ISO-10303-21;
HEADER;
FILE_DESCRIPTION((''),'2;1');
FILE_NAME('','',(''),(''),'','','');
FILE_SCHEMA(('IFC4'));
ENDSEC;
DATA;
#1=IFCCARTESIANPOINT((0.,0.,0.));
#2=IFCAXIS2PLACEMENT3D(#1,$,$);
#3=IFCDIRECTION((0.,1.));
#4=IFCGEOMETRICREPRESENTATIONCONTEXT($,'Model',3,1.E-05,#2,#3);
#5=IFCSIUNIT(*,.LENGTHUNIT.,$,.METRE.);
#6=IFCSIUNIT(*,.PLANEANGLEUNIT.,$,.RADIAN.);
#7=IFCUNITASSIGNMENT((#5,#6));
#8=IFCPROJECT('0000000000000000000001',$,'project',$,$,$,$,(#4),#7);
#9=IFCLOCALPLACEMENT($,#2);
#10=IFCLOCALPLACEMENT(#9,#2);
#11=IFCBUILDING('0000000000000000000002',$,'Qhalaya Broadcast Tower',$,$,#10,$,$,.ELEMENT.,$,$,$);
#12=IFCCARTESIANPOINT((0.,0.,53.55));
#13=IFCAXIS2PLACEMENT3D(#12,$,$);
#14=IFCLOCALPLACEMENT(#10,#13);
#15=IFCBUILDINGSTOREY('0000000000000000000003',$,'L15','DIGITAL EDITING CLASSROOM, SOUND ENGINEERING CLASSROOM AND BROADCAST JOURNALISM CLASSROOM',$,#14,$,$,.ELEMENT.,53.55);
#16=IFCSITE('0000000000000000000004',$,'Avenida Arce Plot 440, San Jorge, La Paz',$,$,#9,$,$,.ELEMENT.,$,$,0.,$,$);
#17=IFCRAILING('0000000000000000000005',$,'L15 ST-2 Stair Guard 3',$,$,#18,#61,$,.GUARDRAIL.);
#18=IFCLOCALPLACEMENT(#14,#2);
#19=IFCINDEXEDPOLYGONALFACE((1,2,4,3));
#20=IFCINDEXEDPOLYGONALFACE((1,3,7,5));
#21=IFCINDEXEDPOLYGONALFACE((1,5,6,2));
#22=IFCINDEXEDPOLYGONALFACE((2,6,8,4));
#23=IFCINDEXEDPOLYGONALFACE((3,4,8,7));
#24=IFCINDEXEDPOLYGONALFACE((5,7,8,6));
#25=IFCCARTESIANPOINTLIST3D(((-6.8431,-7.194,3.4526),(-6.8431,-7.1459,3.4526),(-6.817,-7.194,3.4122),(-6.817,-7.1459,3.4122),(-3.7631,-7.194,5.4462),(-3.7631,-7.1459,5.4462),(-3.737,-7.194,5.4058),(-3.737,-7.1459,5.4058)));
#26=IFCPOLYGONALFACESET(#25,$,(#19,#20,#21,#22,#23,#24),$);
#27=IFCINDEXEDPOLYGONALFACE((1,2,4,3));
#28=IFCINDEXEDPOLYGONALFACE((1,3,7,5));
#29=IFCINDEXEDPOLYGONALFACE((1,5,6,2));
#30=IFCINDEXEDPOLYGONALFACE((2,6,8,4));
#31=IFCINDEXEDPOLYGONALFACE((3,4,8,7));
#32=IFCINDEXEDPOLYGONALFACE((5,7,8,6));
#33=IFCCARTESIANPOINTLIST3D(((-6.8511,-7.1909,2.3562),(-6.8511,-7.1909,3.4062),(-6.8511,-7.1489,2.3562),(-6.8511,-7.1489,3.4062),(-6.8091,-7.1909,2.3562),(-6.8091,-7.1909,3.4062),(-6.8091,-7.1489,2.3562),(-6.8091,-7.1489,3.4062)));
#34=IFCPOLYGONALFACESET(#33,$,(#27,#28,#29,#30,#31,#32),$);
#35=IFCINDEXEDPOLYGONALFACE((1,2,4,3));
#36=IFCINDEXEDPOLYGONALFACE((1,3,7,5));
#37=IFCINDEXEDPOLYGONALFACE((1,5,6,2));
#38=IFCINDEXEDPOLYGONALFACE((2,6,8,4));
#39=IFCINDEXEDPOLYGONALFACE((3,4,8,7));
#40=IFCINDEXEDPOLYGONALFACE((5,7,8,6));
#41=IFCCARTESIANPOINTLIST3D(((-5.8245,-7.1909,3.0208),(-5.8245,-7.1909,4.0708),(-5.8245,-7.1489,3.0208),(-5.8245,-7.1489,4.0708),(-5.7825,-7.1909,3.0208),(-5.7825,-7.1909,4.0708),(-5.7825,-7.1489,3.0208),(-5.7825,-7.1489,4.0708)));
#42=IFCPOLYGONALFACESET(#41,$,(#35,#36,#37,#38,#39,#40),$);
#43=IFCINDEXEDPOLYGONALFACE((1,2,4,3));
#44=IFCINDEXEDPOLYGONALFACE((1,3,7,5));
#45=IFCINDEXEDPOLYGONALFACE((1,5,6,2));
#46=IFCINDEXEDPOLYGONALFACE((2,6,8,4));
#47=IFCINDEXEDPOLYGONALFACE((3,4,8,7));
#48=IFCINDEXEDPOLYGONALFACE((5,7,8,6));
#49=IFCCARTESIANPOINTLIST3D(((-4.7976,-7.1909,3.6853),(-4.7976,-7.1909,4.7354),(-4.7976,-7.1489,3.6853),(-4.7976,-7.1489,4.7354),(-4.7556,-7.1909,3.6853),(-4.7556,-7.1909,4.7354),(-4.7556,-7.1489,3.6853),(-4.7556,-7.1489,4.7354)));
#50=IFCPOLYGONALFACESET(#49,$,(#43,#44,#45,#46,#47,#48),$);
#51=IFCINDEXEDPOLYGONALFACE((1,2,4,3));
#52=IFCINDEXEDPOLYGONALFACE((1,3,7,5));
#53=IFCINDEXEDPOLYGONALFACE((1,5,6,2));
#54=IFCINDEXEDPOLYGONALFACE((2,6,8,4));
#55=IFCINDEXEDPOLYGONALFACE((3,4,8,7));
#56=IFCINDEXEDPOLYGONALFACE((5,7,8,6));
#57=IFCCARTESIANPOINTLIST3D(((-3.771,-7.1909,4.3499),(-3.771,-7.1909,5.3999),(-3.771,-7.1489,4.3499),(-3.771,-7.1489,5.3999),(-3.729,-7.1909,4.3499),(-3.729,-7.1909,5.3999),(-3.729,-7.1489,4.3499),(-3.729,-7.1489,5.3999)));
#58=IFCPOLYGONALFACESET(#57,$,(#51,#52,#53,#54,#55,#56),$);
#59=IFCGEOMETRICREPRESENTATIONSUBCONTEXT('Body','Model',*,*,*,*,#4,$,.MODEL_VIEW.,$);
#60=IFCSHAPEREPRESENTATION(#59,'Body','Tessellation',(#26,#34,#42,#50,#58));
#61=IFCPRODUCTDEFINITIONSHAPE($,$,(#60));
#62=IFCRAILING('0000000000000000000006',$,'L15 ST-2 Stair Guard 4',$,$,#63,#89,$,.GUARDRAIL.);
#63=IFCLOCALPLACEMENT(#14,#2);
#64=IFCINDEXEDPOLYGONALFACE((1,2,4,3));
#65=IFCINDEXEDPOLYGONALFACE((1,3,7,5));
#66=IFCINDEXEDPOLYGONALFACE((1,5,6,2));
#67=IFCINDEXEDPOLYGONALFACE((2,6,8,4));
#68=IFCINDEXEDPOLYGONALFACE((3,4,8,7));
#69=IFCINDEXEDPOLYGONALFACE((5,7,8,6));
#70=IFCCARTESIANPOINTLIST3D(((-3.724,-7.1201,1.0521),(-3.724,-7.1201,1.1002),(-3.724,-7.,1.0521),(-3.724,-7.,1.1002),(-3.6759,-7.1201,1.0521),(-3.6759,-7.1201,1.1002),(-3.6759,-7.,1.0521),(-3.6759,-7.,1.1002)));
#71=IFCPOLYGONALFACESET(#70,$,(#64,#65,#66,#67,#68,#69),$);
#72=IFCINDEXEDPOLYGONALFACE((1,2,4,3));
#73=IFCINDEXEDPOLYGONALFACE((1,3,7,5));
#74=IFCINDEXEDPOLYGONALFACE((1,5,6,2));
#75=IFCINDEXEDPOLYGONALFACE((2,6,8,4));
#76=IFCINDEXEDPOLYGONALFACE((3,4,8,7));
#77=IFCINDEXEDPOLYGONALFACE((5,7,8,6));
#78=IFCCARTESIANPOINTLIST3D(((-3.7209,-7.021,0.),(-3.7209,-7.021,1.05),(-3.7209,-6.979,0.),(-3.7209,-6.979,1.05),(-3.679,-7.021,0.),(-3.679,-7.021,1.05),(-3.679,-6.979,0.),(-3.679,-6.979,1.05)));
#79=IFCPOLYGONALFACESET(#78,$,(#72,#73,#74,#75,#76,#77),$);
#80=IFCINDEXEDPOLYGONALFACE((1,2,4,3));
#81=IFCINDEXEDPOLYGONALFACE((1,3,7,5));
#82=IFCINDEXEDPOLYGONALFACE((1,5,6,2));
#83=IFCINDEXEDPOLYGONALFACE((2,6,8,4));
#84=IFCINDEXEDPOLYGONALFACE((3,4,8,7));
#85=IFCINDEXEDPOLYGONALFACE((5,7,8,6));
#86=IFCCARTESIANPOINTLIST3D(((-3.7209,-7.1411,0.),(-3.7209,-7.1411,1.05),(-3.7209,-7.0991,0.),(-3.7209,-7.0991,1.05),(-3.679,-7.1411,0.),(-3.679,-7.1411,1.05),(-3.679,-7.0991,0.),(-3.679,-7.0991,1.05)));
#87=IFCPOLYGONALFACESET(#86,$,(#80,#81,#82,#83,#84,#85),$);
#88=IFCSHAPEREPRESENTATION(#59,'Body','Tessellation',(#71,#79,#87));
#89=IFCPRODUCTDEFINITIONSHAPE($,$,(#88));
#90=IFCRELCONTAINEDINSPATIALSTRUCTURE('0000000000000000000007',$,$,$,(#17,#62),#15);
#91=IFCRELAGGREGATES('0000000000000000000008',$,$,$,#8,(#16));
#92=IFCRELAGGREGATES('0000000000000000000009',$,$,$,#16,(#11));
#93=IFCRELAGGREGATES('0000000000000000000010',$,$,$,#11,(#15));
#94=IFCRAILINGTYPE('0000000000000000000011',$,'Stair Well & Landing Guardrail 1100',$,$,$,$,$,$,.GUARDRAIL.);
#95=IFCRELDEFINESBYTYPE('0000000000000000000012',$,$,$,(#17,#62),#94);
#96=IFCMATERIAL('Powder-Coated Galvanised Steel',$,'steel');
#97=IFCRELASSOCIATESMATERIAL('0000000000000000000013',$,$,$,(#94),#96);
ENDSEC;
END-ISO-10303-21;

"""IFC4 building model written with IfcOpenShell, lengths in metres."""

from ifc_helpers import new_model, si_unit, direction, frame, origin, origin_2d, place, context, subcontext, project, spatial, rectangle, extrude, material, type_object, element, save


model = new_model("IFC4")

# Units and contexts
model_context = context("Model", 3, precision=1e-05, world=origin(), true_north=direction((0.0, 1.0)))
body_context = subcontext(model_context, "Body", "Model", "MODEL_VIEW")
ifc_project = project(units=[si_unit("LENGTHUNIT", "METRE"), si_unit("PLANEANGLEUNIT", "RADIAN")], contexts=[model_context])

# Site, building, storey
site_placement = place(None, origin())
site = spatial("IfcSite", under=ifc_project, at=site_placement, Name="Avenida Arce Plot 440, San Jorge, La Paz", CompositionType="ELEMENT", RefElevation=0.0)
building_placement = place(site_placement, origin())
building = spatial("IfcBuilding", under=site, at=building_placement, Name="Qhalaya Broadcast Tower", CompositionType="ELEMENT")
storey_placement = place(building_placement, frame((0.0, 0.0, 53.55)))
storey = spatial("IfcBuildingStorey", under=building, at=storey_placement, Name="L15", Description="DIGITAL EDITING CLASSROOM, SOUND ENGINEERING CLASSROOM AND BROADCAST JOURNALISM CLASSROOM", CompositionType="ELEMENT", Elevation=53.55)

# Railings
ifc_material_1 = material(Name="Powder-Coated Galvanised Steel", Category="steel")
railing_type_1 = type_object("IfcRailingType", Name="Stair Well & Landing Guardrail 1100", PredefinedType="GUARDRAIL", material=ifc_material_1)
railing_1_placement = place(storey_placement, frame((-6.8301, -7.1699, 2.3562)))
element("IfcRailing", 1, at=railing_1_placement, inside=storey, type_object=railing_type_1, Name="L15 ST-2 Stair Guard 3", PredefinedType="GUARDRAIL", context=body_context, shape_type="SweptSolid", body=[
    extrude(rectangle(XDim=0.0481, YDim=0.0481, at=origin_2d()), frame((0.0, 0.0, 1.0762), z_axis=(0.839488, 0.0, 0.543378), x_axis=(0.0, 1.0, 0.0)), (0.0, 0.0, 1.0), 3.6689),
    extrude(rectangle(XDim=0.042, YDim=0.042, at=origin_2d()), origin(), (0.0, 0.0, 1.0), 1.05),
    extrude(rectangle(XDim=0.042, YDim=0.042, at=origin_2d()), frame((1.0266, 0.0, 0.6646)), (0.0, 0.0, 1.0), 1.05),
    extrude(rectangle(XDim=0.042, YDim=0.042, at=origin_2d()), frame((2.0535, 0.0, 1.3291)), (0.0, 0.0, 1.0), 1.05),
    extrude(rectangle(XDim=0.042, YDim=0.042, at=origin_2d()), frame((3.0801, 0.0, 1.9937)), (0.0, 0.0, 1.0), 1.05),
])
railing_2_placement = place(storey_placement, frame((-3.7, -7.0, 0.0)))
element("IfcRailing", 2, at=railing_2_placement, inside=storey, type_object=railing_type_1, Name="L15 ST-2 Stair Guard 4", PredefinedType="GUARDRAIL", context=body_context, shape_type="SweptSolid", body=[
    extrude(rectangle(XDim=0.0481, YDim=0.0481, at=origin_2d()), frame((0.0, 0.0, 1.0762), z_axis=(0.0, -1.0, 0.0), x_axis=(1.0, 0.0, 0.0)), (0.0, 0.0, 1.0), 0.1201),
    extrude(rectangle(XDim=0.042, YDim=0.042, at=origin_2d()), origin(), (0.0, 0.0, 1.0), 1.05),
    extrude(rectangle(XDim=0.042, YDim=0.042, at=origin_2d()), frame((0.0, -0.1201, 0.0)), (0.0, 0.0, 1.0), 1.05),
])

save(model, "model.ifc")
